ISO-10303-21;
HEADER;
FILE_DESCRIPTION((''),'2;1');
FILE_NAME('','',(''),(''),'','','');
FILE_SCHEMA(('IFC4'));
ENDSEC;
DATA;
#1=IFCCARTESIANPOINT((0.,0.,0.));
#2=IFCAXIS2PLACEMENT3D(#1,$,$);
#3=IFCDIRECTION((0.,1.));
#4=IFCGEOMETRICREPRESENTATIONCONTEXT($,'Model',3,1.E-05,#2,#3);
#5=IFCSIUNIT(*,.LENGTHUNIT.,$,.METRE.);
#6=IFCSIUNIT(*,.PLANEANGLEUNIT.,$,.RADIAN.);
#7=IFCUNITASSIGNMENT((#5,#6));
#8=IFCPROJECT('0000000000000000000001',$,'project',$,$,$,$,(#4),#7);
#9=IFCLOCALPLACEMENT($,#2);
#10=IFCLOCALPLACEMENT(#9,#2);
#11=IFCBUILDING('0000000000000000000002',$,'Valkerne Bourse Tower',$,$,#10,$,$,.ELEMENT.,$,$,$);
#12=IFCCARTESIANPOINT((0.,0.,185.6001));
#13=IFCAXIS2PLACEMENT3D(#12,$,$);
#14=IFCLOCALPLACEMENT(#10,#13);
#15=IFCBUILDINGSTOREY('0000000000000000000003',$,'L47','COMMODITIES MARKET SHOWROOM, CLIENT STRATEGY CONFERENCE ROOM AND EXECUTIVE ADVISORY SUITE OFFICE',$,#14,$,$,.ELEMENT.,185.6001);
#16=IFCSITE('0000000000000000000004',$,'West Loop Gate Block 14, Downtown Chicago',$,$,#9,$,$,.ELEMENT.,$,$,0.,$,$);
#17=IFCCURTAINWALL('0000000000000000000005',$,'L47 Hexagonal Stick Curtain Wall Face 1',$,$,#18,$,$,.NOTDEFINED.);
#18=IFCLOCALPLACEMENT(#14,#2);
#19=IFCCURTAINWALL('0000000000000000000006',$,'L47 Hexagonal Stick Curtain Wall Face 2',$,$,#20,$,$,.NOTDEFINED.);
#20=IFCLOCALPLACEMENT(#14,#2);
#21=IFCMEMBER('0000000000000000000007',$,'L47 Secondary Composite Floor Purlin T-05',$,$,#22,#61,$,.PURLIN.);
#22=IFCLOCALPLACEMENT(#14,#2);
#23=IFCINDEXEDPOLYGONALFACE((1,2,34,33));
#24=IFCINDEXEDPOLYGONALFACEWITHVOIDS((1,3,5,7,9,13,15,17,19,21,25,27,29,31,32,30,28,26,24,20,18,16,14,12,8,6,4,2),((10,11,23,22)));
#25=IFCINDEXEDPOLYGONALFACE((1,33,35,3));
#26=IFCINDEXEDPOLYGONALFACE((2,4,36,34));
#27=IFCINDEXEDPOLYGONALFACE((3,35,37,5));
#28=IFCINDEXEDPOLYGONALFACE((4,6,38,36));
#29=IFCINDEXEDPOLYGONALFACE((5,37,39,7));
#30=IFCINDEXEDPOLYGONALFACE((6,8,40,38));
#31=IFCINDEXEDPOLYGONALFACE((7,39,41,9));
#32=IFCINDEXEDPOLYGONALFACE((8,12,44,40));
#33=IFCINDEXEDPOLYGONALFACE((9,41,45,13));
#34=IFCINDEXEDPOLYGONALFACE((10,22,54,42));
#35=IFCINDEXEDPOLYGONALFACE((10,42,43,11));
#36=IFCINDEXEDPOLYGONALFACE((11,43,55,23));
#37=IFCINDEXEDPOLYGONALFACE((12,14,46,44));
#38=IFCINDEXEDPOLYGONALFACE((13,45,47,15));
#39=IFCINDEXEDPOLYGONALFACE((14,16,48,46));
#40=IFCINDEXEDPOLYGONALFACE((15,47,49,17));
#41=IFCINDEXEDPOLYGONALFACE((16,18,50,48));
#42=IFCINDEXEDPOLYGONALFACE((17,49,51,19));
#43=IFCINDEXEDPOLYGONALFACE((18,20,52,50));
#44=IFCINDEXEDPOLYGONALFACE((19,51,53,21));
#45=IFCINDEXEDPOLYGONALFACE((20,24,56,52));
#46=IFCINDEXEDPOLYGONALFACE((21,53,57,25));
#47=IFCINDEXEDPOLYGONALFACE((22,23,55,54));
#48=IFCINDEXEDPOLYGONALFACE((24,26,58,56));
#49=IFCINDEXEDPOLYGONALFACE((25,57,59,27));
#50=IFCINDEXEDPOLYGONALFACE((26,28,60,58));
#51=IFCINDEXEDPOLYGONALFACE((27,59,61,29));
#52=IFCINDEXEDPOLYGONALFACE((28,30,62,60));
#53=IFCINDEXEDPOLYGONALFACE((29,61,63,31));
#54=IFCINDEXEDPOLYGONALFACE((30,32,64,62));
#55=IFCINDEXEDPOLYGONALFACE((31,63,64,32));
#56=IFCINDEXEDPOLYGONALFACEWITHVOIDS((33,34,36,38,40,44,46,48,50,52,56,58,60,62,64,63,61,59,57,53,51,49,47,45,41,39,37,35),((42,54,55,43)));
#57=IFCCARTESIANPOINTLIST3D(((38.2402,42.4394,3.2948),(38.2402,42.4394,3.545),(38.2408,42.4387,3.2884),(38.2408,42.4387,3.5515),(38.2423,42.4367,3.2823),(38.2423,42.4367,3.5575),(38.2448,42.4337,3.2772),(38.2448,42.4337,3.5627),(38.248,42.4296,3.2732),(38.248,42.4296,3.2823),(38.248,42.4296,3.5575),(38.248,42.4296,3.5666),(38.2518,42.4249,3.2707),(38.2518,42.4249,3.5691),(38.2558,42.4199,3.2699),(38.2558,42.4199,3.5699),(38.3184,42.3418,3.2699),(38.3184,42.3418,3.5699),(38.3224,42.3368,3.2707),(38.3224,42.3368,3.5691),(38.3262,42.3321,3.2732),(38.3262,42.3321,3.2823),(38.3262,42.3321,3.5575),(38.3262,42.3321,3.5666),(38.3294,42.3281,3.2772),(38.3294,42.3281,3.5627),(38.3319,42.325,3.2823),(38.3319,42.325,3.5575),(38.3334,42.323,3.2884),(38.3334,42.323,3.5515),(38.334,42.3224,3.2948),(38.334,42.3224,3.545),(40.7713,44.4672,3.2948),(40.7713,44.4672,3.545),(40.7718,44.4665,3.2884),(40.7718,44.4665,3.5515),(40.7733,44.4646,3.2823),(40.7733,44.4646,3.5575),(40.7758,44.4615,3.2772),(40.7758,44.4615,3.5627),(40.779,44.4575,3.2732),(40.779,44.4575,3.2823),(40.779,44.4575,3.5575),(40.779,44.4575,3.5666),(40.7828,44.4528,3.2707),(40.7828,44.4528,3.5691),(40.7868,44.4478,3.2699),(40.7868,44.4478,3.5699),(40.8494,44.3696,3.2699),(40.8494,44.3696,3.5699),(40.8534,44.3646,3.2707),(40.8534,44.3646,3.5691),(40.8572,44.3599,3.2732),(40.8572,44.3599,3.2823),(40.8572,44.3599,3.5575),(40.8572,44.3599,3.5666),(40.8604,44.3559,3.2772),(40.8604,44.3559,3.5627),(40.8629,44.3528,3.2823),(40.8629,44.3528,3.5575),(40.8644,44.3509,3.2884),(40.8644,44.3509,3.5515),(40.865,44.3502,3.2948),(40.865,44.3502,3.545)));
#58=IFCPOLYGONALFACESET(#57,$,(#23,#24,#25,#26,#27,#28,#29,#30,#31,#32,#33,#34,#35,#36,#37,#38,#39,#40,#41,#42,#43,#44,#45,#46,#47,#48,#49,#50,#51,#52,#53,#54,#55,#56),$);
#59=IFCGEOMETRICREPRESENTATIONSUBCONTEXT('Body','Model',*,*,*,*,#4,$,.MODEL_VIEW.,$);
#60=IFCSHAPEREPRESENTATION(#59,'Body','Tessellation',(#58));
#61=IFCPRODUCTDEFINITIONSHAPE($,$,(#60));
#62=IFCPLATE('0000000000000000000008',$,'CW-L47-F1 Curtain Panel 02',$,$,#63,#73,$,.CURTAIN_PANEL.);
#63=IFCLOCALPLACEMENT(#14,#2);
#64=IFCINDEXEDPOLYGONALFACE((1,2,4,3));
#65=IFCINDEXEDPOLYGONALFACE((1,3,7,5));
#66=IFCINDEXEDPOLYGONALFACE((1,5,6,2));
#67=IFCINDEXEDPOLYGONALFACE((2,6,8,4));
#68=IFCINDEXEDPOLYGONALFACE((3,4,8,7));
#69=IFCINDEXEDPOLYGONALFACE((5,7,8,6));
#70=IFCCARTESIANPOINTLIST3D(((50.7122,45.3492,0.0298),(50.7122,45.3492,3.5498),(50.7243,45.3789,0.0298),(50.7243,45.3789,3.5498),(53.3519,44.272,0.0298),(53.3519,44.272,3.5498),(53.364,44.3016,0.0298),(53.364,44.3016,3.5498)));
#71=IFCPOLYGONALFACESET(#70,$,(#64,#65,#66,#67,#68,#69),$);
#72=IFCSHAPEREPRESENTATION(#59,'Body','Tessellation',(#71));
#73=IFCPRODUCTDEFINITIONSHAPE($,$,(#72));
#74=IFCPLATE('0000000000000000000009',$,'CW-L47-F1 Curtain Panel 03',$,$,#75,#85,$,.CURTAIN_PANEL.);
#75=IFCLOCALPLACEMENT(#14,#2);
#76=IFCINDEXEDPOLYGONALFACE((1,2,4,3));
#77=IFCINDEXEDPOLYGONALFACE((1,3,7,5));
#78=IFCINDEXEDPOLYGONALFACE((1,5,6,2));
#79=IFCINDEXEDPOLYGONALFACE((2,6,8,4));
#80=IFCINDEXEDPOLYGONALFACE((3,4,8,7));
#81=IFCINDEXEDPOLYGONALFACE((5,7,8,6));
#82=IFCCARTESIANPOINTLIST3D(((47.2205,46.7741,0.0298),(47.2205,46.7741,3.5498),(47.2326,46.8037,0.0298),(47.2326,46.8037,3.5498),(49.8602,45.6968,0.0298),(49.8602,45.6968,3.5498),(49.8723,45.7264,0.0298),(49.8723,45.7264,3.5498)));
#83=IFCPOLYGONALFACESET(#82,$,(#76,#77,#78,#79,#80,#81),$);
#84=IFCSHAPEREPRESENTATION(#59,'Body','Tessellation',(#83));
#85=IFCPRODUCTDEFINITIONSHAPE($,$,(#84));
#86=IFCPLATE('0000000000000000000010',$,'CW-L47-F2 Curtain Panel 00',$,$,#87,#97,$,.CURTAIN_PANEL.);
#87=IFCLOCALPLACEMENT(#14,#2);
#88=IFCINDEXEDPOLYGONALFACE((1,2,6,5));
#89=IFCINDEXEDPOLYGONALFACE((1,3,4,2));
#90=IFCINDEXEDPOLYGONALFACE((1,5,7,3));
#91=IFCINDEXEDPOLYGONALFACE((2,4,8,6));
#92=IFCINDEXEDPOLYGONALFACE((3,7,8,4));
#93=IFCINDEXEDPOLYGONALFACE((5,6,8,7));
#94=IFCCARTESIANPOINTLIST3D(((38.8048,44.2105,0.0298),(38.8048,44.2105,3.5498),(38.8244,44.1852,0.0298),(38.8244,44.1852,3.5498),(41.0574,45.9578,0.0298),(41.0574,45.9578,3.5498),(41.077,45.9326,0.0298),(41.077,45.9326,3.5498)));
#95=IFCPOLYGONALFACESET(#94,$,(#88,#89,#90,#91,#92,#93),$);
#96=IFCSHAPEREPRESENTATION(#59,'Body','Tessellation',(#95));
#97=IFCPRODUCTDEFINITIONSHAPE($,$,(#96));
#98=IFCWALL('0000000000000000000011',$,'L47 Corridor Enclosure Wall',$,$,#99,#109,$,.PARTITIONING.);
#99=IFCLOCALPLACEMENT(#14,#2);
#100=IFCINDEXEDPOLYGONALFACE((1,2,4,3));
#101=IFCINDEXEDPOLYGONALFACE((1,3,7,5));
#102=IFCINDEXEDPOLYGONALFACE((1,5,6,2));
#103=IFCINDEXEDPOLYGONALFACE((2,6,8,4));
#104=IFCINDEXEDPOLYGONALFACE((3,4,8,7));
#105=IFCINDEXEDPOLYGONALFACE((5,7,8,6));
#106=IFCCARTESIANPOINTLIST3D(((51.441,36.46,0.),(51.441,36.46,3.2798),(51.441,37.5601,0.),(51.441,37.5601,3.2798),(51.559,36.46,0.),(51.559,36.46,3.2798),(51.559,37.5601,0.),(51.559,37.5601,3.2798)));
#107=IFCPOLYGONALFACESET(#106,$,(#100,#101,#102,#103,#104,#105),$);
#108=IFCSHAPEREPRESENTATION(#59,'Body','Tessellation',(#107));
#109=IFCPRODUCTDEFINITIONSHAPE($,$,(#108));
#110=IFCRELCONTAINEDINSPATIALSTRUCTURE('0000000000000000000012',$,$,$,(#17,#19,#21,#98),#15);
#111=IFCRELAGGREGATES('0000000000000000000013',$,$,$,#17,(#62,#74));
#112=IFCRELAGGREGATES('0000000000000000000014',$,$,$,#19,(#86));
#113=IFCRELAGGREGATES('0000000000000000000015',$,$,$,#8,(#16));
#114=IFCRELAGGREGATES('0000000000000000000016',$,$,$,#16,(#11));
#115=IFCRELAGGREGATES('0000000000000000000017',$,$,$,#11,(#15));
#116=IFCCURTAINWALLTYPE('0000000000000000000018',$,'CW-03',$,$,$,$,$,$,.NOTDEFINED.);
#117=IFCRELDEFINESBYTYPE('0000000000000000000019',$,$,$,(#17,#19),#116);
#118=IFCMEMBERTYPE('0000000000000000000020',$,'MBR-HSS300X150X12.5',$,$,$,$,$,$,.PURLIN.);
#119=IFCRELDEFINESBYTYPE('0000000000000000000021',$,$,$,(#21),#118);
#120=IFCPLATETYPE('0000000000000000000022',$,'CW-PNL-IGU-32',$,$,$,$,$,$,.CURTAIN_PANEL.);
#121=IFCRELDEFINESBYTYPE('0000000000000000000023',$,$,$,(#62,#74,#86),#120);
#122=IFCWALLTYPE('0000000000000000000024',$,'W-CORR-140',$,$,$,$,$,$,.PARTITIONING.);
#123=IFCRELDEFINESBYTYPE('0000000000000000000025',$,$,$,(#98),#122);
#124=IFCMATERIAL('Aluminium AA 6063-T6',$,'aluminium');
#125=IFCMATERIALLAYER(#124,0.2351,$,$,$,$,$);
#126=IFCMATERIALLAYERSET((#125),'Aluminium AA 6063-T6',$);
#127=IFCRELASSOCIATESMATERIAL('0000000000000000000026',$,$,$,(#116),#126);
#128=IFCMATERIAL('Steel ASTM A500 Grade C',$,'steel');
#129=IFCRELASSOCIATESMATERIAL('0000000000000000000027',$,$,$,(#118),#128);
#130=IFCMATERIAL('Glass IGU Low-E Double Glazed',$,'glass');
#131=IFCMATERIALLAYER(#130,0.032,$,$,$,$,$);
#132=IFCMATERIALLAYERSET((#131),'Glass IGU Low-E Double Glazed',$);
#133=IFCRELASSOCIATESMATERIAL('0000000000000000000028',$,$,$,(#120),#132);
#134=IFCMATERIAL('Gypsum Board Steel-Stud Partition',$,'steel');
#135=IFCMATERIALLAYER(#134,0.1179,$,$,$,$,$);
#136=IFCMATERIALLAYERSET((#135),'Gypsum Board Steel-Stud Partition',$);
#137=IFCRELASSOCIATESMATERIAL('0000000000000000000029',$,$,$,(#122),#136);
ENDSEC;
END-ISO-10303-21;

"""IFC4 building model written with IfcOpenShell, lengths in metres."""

from ifc_helpers import new_model, si_unit, direction, frame, frame_2d, origin, origin_2d, place, context, subcontext, project, spatial, rectangle, hollow_rectangle, extrude, material, layer, layer_set, material_profile, profile_set, type_object, element, aggregate, save


model = new_model("IFC4")

# Units and contexts
model_context = context("Model", 3, precision=1e-05, world=origin(), true_north=direction((0.0, 1.0)))
body_context = subcontext(model_context, "Body", "Model", "MODEL_VIEW")
ifc_project = project(units=[si_unit("LENGTHUNIT", "METRE"), si_unit("PLANEANGLEUNIT", "RADIAN")], contexts=[model_context])

# Site, building, storey
site_placement = place(None, origin())
site = spatial("IfcSite", under=ifc_project, at=site_placement, Name="West Loop Gate Block 14, Downtown Chicago", CompositionType="ELEMENT", RefElevation=0.0)
building_placement = place(site_placement, origin())
building = spatial("IfcBuilding", under=site, at=building_placement, Name="Valkerne Bourse Tower", CompositionType="ELEMENT")
storey_placement = place(building_placement, frame((0.0, 0.0, 185.6001)))
storey = spatial("IfcBuildingStorey", under=building, at=storey_placement, Name="L47", Description="COMMODITIES MARKET SHOWROOM, CLIENT STRATEGY CONFERENCE ROOM AND EXECUTIVE ADVISORY SUITE OFFICE", CompositionType="ELEMENT", Elevation=185.6001)

# Curtain walls
ifc_material_1 = material(Name="Aluminium AA 6063-T6", Category="aluminium")
ifc_layer_1 = layer(ifc_material_1, 0.2351)
ifc_layer_set_1 = layer_set([ifc_layer_1], Name="Aluminium AA 6063-T6")
curtain_wall_type = type_object("IfcCurtainWallType", Name="CW-03", PredefinedType="NOTDEFINED", material=ifc_layer_set_1)
curtain_wall_1_placement = place(storey_placement, origin())
curtain_wall_1 = element("IfcCurtainWall", 1, at=curtain_wall_1_placement, inside=storey, type_object=curtain_wall_type, Name="L47 Hexagonal Stick Curtain Wall Face 1", PredefinedType="NOTDEFINED")
curtain_wall_2_placement = place(storey_placement, origin())
curtain_wall_2 = element("IfcCurtainWall", 2, at=curtain_wall_2_placement, inside=storey, type_object=curtain_wall_type, Name="L47 Hexagonal Stick Curtain Wall Face 2", PredefinedType="NOTDEFINED")

# Member
ifc_material_2 = material(Name="Steel ASTM A500 Grade C", Category="steel")
ifc_material_profile_1 = material_profile(ifc_material_2, hollow_rectangle(XDim=0.1499, YDim=0.3, WallThickness=0.0125, OuterFilletRadius=0.0249, at=origin_2d()), Name="HSS300X150X12.5")
ifc_profile_set_1 = profile_set([ifc_material_profile_1], Name="Steel ASTM A500 Grade C")
member_type_1 = type_object("IfcMemberType", Name="MBR-HSS300X150X12.5", PredefinedType="PURLIN", material=ifc_profile_set_1)
member_1_placement = place(storey_placement, frame((40.8181, 44.4087, 3.4199), z_axis=(-0.780413, -0.625264, 0.0), x_axis=(0.625264, -0.780413, 0.0)))
element("IfcMember", 3, at=member_1_placement, inside=storey, type_object=member_type_1, Name="L47 Secondary Composite Floor Purlin T-05", PredefinedType="PURLIN", context=body_context, shape_type="SweptSolid", body=[
    extrude(hollow_rectangle(XDim=0.1499, YDim=0.3, WallThickness=0.0125, OuterFilletRadius=0.0249, at=origin_2d()), origin(), (0.0, 0.0, 1.0), 3.2432),
])

# Plates
ifc_material_3 = material(Name="Glass IGU Low-E Double Glazed", Category="glass")
ifc_layer_2 = layer(ifc_material_3, 0.032)
ifc_layer_set_2 = layer_set([ifc_layer_2], Name="Glass IGU Low-E Double Glazed")
plate_type = type_object("IfcPlateType", Name="CW-PNL-IGU-32", PredefinedType="CURTAIN_PANEL", material=ifc_layer_set_2)
plate_1_placement = place(storey_placement, frame((52.0381, 44.8254, 0.0298), z_axis=(0.0, 0.0, 1.0), x_axis=(-0.925876, 0.377828, 0.0)))
plate_1 = element("IfcPlate", 4, at=plate_1_placement, type_object=plate_type, Name="CW-L47-F1 Curtain Panel 02", PredefinedType="CURTAIN_PANEL", context=body_context, shape_type="SweptSolid", body=[
    extrude(rectangle(XDim=2.8511, YDim=0.032, at=origin_2d()), origin(), (0.0, 0.0, 1.0), 3.52),
])
plate_2_placement = place(storey_placement, frame((48.5464, 46.2502, 0.0298), z_axis=(0.0, 0.0, 1.0), x_axis=(-0.925866, 0.377851, 0.0)))
plate_2 = element("IfcPlate", 5, at=plate_2_placement, type_object=plate_type, Name="CW-L47-F1 Curtain Panel 03", PredefinedType="CURTAIN_PANEL", context=body_context, shape_type="SweptSolid", body=[
    extrude(rectangle(XDim=2.8511, YDim=0.032, at=origin_2d()), origin(), (0.0, 0.0, 1.0), 3.52),
])
aggregate(curtain_wall_1, [plate_1, plate_2])
plate_3_placement = place(storey_placement, frame((39.9409, 45.0715, 0.0298), z_axis=(0.0, 0.0, 1.0), x_axis=(-0.790144, -0.612921, 0.0)))
plate_3 = element("IfcPlate", 6, at=plate_3_placement, type_object=plate_type, Name="CW-L47-F2 Curtain Panel 00", PredefinedType="CURTAIN_PANEL", context=body_context, shape_type="SweptSolid", body=[
    extrude(rectangle(XDim=2.8508, YDim=0.032, at=origin_2d()), origin(), (0.0, 0.0, 1.0), 3.52),
])
aggregate(curtain_wall_2, [plate_3])

# Wall
ifc_material_4 = material(Name="Gypsum Board Steel-Stud Partition", Category="steel")
ifc_layer_3 = layer(ifc_material_4, 0.1179)
ifc_layer_set_3 = layer_set([ifc_layer_3], Name="Gypsum Board Steel-Stud Partition")
wall_type = type_object("IfcWallType", Name="W-CORR-140", PredefinedType="PARTITIONING", material=ifc_layer_set_3)
wall_placement = place(storey_placement, frame((51.5, 37.5601, 0.0), z_axis=(0.0, 0.0, 1.0), x_axis=(0.0, -1.0, 0.0)))
element("IfcWall", 7, at=wall_placement, inside=storey, type_object=wall_type, Name="L47 Corridor Enclosure Wall", PredefinedType="PARTITIONING", context=body_context, shape_type="SweptSolid", body=[
    extrude(rectangle(XDim=1.1001, YDim=0.1179, at=frame_2d((0.55, 0.0))), origin(), (0.0, 0.0, 1.0), 3.2798),
])

save(model, "model.ifc")
